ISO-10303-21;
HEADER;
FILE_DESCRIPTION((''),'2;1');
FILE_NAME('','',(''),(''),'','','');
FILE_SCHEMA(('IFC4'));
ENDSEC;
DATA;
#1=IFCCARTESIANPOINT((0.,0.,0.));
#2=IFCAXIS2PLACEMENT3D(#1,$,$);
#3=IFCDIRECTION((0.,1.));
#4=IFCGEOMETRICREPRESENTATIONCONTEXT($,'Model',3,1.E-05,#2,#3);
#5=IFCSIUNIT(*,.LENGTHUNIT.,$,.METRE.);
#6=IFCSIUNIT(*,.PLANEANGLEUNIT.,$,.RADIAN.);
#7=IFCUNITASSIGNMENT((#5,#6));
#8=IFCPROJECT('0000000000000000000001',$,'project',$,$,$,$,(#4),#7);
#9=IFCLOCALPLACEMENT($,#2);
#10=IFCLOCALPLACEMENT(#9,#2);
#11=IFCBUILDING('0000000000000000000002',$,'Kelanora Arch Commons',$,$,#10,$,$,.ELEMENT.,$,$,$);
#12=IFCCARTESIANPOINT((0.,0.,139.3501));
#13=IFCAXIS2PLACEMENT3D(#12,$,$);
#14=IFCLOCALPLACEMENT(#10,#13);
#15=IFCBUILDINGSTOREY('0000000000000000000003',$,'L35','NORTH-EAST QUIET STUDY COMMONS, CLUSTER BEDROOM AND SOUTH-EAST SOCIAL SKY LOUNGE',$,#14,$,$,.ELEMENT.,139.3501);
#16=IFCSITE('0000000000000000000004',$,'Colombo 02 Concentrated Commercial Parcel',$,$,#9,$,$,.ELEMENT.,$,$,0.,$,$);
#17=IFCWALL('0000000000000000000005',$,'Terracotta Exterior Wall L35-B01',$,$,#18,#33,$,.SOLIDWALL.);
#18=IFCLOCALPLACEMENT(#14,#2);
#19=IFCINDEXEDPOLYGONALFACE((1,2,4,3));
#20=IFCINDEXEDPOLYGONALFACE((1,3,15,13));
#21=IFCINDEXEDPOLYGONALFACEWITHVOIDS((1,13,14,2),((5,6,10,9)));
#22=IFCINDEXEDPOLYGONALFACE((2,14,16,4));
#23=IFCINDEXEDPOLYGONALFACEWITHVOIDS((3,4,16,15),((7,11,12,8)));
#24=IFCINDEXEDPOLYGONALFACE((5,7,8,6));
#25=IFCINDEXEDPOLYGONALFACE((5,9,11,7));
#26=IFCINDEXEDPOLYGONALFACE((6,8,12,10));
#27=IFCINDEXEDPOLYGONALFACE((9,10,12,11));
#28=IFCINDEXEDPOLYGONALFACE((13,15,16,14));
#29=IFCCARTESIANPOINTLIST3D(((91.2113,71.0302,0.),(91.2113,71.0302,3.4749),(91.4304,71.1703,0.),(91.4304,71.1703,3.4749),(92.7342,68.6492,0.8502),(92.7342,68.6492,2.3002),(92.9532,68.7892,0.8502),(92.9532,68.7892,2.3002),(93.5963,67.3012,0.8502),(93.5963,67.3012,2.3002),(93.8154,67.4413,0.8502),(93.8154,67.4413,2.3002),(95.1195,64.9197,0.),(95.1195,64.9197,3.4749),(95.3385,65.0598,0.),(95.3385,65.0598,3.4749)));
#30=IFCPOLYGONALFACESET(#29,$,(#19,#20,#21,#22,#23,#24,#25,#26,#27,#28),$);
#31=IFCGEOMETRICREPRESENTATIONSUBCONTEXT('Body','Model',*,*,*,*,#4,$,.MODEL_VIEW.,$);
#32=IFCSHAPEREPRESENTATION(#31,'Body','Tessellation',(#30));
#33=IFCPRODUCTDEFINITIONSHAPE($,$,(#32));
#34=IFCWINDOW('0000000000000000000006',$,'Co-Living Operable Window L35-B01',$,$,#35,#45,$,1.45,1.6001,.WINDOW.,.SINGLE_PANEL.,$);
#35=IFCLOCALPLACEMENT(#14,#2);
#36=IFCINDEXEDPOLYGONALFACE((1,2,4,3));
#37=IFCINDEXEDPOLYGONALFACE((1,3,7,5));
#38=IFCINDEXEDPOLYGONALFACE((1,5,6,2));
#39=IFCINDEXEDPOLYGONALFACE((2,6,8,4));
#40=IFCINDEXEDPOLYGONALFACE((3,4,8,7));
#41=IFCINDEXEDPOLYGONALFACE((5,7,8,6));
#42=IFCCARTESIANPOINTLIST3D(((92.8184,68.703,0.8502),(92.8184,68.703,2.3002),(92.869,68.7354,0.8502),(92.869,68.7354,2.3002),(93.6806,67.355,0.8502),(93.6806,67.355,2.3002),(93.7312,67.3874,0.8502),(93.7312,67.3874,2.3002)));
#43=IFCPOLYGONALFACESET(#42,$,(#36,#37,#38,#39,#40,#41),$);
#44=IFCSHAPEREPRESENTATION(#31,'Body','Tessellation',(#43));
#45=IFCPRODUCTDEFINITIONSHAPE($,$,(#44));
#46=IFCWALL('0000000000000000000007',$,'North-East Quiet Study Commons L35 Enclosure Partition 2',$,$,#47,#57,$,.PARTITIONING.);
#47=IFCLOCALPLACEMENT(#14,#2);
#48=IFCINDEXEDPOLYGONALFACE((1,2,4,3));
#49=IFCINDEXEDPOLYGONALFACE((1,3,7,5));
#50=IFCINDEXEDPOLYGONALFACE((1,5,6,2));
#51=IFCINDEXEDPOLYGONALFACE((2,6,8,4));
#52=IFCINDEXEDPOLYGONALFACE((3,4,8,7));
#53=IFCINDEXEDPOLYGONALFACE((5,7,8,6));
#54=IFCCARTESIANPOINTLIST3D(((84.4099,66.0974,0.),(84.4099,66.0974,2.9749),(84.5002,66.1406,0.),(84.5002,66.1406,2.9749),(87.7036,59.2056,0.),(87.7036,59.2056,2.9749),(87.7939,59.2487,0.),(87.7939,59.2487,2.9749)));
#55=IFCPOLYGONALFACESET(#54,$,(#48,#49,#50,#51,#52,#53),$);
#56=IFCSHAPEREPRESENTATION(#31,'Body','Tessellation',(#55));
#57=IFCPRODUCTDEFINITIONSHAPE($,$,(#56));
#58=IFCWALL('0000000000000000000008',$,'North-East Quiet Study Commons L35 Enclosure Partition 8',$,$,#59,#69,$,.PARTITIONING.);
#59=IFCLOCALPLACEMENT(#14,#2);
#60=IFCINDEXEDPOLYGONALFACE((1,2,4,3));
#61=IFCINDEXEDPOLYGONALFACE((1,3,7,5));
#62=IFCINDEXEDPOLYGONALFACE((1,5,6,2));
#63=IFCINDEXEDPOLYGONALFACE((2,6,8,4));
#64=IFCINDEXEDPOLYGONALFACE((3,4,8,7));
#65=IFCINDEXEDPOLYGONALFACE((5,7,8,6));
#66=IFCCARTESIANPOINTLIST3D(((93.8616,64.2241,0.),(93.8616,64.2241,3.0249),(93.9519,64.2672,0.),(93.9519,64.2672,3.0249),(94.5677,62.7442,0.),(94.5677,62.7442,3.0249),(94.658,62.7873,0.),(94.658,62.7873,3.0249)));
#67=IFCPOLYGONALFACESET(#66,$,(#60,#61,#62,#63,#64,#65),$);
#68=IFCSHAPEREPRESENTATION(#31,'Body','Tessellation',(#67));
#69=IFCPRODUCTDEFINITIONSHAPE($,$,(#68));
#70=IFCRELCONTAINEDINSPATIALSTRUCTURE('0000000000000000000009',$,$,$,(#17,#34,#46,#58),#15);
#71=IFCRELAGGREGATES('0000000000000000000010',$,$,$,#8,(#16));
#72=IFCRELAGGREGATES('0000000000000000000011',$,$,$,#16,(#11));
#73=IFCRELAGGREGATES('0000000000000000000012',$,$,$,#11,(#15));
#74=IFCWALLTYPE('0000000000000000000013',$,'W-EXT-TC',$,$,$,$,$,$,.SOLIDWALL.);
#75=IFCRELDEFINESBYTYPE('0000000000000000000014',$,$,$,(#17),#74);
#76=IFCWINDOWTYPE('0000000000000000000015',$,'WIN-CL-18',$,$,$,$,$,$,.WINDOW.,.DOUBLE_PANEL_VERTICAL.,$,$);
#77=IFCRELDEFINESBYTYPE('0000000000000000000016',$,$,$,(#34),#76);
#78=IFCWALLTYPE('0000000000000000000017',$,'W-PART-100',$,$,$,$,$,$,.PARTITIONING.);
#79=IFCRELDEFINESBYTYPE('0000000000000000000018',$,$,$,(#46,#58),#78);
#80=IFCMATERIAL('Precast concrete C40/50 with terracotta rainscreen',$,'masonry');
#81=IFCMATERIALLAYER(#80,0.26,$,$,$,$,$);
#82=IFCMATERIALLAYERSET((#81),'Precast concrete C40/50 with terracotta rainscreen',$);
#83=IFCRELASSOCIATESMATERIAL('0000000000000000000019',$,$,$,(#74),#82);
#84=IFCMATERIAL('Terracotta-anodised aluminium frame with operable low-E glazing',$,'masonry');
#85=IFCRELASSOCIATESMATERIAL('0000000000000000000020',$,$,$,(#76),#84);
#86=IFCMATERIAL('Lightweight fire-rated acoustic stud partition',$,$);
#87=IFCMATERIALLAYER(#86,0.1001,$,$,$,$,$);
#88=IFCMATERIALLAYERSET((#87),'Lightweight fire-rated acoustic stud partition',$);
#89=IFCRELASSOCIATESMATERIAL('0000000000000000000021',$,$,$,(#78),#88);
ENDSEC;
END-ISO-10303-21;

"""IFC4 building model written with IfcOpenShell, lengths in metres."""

from ifc_helpers import new_model, si_unit, direction, frame, frame_2d, origin, place, context, subcontext, project, spatial, rectangle, extrude, material, layer, layer_set, type_object, element, fill, save


model = new_model("IFC4")

# Units and contexts
model_context = context("Model", 3, precision=1e-05, world=origin(), true_north=direction((0.0, 1.0)))
body_context = subcontext(model_context, "Body", "Model", "MODEL_VIEW")
ifc_project = project(units=[si_unit("LENGTHUNIT", "METRE"), si_unit("PLANEANGLEUNIT", "RADIAN")], contexts=[model_context])

# Site, building, storey
site_placement = place(None, origin())
site = spatial("IfcSite", under=ifc_project, at=site_placement, Name="Colombo 02 Concentrated Commercial Parcel", CompositionType="ELEMENT", RefElevation=0.0)
building_placement = place(site_placement, origin())
building = spatial("IfcBuilding", under=site, at=building_placement, Name="Kelanora Arch Commons", CompositionType="ELEMENT")
storey_placement = place(building_placement, frame((0.0, 0.0, 139.3501)))
storey = spatial("IfcBuildingStorey", under=building, at=storey_placement, Name="L35", Description="NORTH-EAST QUIET STUDY COMMONS, CLUSTER BEDROOM AND SOUTH-EAST SOCIAL SKY LOUNGE", CompositionType="ELEMENT", Elevation=139.3501)

# Wall, opening, window
ifc_material_1 = material(Name="Precast concrete C40/50 with terracotta rainscreen", Category="masonry")
ifc_layer_1 = layer(ifc_material_1, 0.26)
ifc_layer_set_1 = layer_set([ifc_layer_1], Name="Precast concrete C40/50 with terracotta rainscreen")
wall_type_1 = type_object("IfcWallType", Name="W-EXT-TC", PredefinedType="SOLIDWALL", material=ifc_layer_set_1)
wall_1_placement = place(storey_placement, frame((95.229, 64.9897, 0.0), z_axis=(0.0, 0.0, 1.0), x_axis=(-0.538802, 0.842433, 0.0)))
wall_1 = element("IfcWall", 1, at=wall_1_placement, inside=storey, type_object=wall_type_1, Name="Terracotta Exterior Wall L35-B01", PredefinedType="SOLIDWALL", context=body_context, shape_type="SweptSolid", body=[
    extrude(rectangle(XDim=7.2534, YDim=0.26, at=frame_2d((3.6267, 0.0))), origin(), (0.0, 0.0, 1.0), 3.4749),
])
opening_placement = place(wall_1_placement, frame((2.8269, 0.0, 0.8501)))
opening = element("IfcOpeningElement", 2, at=opening_placement, cuts=wall_1, PredefinedType="OPENING", context=body_context, shape_type="SweptSolid", body=[
    extrude(rectangle(XDim=1.6001, YDim=1.45, at=frame_2d((0.8, 0.7251))), frame((0.0, 0.1401, 0.0), z_axis=(0.0, -1.0, 0.0), x_axis=(1.0, 0.0, 0.0)), (0.0, 0.0, 1.0), 0.28),
])
ifc_material_2 = material(Name="Terracotta-anodised aluminium frame with operable low-E glazing", Category="masonry")
window_type = type_object("IfcWindowType", Name="WIN-CL-18", PartitioningType="DOUBLE_PANEL_VERTICAL", PredefinedType="WINDOW", material=ifc_material_2)
window_placement = place(opening_placement, origin())
window = element("IfcWindow", 3, at=window_placement, inside=storey, type_object=window_type, Name="Co-Living Operable Window L35-B01", OverallHeight=1.45, OverallWidth=1.6001, PartitioningType="SINGLE_PANEL", PredefinedType="WINDOW", context=body_context, shape_type="SweptSolid", body=[
    extrude(rectangle(XDim=1.6001, YDim=1.45, at=frame_2d((0.8, 0.7251))), frame((0.0, 0.03, 0.0), z_axis=(0.0, -1.0, 0.0), x_axis=(1.0, 0.0, 0.0)), (0.0, 0.0, 1.0), 0.0601),
])
fill(opening, window)

# Walls
ifc_material_3 = material(Name="Lightweight fire-rated acoustic stud partition")
ifc_layer_2 = layer(ifc_material_3, 0.1001)
ifc_layer_set_2 = layer_set([ifc_layer_2], Name="Lightweight fire-rated acoustic stud partition")
wall_type_2 = type_object("IfcWallType", Name="W-PART-100", PredefinedType="PARTITIONING", material=ifc_layer_set_2)
wall_2_placement = place(storey_placement, frame((87.7488, 59.2271, 0.0), z_axis=(0.0, 0.0, 1.0), x_axis=(-0.4312, 0.902256, 0.0)))
element("IfcWall", 4, at=wall_2_placement, inside=storey, type_object=wall_type_2, Name="North-East Quiet Study Commons L35 Enclosure Partition 2", PredefinedType="PARTITIONING", context=body_context, shape_type="SweptSolid", body=[
    extrude(rectangle(XDim=7.6384, YDim=0.1001, at=frame_2d((3.8193, 0.0))), origin(), (0.0, 0.0, 1.0), 2.9749),
])
wall_3_placement = place(storey_placement, frame((93.9067, 64.2456, 0.0), z_axis=(0.0, 0.0, 1.0), x_axis=(0.430639, -0.902524, 0.0)))
element("IfcWall", 5, at=wall_3_placement, inside=storey, type_object=wall_type_2, Name="North-East Quiet Study Commons L35 Enclosure Partition 8", PredefinedType="PARTITIONING", context=body_context, shape_type="SweptSolid", body=[
    extrude(rectangle(XDim=1.6396, YDim=0.1001, at=frame_2d((0.8198, 0.0))), origin(), (0.0, 0.0, 1.0), 3.0249),
])

save(model, "model.ifc")
